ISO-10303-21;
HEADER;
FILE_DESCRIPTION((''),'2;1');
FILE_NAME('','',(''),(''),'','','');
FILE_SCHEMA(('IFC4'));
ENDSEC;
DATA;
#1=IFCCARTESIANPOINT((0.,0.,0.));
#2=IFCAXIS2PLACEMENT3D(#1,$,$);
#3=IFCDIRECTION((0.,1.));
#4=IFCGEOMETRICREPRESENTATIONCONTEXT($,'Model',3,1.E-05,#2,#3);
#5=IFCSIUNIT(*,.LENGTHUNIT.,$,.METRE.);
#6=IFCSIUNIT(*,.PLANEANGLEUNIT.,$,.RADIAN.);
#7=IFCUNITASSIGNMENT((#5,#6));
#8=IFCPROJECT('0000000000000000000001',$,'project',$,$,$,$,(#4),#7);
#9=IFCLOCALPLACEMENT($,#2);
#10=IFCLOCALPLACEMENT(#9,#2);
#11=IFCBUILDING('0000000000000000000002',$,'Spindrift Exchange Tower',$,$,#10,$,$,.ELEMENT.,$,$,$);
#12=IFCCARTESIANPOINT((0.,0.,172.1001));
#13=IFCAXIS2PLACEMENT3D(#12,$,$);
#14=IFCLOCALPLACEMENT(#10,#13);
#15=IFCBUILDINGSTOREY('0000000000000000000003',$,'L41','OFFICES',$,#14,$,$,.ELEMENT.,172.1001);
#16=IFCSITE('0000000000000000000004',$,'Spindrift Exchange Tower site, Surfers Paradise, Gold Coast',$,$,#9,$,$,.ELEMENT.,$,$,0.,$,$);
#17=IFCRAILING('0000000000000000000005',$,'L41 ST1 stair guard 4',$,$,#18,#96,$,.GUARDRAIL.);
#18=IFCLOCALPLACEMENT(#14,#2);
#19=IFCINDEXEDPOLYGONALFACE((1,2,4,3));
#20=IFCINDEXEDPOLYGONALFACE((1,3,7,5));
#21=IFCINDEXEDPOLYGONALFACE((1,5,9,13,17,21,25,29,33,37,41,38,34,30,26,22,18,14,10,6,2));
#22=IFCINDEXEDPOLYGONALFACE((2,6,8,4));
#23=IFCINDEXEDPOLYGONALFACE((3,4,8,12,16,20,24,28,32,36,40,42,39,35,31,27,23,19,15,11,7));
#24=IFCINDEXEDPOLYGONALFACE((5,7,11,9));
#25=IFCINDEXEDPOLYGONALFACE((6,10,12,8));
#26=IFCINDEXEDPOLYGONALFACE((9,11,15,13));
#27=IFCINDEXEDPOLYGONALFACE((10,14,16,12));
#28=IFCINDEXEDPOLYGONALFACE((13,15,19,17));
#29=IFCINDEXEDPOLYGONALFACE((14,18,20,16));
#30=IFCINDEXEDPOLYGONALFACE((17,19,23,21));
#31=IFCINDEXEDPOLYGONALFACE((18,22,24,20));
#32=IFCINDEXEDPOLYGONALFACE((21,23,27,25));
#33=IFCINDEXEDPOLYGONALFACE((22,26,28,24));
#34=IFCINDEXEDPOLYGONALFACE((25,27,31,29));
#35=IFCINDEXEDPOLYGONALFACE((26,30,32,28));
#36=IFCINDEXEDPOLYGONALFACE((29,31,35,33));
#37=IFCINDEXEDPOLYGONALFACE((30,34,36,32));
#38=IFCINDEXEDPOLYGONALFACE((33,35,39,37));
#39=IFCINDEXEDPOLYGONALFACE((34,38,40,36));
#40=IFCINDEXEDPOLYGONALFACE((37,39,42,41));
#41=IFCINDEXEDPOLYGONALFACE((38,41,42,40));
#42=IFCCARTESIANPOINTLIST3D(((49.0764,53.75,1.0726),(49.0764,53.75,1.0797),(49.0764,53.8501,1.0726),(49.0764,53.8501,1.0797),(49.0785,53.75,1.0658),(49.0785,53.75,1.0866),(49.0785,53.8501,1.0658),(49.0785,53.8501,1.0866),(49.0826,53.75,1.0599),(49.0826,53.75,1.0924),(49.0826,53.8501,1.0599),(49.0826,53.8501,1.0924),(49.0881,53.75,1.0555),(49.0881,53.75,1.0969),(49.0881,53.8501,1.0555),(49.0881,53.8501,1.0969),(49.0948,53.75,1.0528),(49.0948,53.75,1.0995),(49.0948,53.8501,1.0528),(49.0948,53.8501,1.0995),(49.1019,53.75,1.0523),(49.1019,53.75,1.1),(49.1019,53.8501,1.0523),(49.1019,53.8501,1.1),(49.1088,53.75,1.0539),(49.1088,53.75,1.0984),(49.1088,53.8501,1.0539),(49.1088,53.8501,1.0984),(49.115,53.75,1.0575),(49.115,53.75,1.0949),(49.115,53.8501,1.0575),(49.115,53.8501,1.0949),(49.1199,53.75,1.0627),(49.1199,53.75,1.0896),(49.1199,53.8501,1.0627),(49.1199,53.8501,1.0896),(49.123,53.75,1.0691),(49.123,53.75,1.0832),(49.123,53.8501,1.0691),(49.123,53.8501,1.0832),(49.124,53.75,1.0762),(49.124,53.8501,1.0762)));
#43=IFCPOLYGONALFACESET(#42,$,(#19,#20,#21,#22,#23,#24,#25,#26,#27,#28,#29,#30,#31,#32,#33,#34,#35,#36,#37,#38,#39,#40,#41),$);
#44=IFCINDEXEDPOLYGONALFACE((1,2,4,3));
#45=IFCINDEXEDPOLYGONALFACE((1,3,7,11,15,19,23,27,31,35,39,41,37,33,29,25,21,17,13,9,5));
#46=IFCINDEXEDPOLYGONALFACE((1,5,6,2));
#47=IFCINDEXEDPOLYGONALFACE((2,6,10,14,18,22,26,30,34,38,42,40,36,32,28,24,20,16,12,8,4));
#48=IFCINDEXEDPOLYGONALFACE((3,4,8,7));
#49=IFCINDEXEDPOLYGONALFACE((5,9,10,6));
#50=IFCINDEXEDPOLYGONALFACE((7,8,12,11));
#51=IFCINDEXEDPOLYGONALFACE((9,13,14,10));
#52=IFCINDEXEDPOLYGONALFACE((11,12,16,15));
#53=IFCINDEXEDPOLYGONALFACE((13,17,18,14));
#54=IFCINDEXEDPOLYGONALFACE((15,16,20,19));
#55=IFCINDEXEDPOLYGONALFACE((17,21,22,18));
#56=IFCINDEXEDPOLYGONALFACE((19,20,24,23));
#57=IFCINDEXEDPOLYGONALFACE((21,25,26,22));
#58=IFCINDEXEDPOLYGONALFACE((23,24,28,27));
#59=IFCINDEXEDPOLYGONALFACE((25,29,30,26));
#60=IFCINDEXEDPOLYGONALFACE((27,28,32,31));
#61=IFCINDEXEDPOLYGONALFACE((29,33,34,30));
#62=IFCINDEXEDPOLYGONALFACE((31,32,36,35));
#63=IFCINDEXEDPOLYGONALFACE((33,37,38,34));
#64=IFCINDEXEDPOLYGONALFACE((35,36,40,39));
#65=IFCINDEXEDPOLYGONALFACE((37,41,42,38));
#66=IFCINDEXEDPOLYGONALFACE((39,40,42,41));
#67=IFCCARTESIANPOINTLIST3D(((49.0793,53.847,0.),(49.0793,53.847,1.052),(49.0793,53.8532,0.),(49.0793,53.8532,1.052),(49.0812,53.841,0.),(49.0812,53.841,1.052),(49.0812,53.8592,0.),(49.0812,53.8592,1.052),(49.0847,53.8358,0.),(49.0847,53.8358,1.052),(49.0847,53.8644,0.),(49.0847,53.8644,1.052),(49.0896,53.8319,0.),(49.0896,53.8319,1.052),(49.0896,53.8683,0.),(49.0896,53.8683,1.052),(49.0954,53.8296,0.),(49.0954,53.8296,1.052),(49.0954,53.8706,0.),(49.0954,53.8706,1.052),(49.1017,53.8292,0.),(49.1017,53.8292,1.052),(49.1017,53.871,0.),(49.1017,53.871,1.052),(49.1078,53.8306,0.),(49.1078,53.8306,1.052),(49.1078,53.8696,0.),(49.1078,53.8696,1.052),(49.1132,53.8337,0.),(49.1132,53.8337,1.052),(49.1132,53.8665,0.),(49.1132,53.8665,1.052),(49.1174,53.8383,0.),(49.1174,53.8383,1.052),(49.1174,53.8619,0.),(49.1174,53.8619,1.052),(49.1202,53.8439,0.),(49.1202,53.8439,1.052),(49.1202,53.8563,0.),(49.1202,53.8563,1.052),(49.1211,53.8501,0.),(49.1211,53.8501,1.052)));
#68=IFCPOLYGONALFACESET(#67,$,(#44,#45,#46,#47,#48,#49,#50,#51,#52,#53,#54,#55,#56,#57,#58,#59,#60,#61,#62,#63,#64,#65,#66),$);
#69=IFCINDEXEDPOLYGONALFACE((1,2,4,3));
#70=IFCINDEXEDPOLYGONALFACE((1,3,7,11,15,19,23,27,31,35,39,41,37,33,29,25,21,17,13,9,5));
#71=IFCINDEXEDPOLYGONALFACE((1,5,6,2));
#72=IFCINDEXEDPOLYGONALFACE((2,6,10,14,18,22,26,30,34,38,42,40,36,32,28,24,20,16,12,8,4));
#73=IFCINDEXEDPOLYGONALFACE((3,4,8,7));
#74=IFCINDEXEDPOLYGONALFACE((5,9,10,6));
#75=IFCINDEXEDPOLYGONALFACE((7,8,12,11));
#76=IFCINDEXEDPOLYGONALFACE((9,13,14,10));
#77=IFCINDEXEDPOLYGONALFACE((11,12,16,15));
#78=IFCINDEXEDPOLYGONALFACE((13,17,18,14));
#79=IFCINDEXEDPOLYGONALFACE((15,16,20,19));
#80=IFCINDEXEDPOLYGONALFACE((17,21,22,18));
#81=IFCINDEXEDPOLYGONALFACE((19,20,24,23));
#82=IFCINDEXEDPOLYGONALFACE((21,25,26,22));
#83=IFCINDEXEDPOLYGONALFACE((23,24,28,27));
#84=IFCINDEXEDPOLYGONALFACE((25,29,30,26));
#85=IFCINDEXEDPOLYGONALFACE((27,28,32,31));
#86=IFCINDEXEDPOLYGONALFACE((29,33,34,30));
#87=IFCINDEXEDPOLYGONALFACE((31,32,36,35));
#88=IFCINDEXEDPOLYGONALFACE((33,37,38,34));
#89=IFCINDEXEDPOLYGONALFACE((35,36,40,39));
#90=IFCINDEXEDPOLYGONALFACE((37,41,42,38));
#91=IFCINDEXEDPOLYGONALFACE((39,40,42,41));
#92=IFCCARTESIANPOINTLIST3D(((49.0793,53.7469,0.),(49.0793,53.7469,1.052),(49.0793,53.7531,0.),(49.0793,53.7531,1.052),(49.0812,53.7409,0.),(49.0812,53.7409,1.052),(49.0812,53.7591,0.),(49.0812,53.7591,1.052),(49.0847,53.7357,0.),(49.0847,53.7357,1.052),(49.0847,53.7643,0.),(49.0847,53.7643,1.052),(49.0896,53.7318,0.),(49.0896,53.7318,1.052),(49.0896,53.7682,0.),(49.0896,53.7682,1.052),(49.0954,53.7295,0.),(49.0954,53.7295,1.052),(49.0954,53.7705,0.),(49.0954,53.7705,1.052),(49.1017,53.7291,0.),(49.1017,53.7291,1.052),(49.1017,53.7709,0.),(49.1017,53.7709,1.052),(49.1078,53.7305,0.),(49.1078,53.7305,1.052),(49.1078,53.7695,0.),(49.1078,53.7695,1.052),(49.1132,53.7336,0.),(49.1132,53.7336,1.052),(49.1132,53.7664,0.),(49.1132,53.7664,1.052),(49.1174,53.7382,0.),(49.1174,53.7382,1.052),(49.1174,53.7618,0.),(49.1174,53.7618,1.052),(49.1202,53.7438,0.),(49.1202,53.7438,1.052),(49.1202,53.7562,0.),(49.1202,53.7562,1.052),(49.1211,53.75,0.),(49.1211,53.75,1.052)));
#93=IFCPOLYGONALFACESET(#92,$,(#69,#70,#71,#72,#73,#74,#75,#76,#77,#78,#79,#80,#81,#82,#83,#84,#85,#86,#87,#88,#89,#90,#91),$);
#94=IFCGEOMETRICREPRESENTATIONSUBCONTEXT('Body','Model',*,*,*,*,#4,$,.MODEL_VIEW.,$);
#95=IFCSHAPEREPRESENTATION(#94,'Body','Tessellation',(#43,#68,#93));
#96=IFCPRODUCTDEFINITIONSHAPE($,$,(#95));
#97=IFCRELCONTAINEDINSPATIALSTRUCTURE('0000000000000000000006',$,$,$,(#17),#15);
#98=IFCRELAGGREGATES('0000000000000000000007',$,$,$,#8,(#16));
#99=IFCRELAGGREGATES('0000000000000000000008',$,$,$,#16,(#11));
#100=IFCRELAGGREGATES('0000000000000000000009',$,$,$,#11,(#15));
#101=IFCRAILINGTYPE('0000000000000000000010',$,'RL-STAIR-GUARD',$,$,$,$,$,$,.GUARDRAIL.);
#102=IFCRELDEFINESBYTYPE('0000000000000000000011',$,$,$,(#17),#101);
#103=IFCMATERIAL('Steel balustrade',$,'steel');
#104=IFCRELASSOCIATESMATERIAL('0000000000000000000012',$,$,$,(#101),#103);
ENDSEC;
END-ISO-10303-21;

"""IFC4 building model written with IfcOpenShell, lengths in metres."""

from ifc_helpers import new_model, si_unit, direction, frame, origin, origin_2d, place, context, subcontext, project, spatial, circle, extrude, material, type_object, element, save


model = new_model("IFC4")

# Units and contexts
model_context = context("Model", 3, precision=1e-05, world=origin(), true_north=direction((0.0, 1.0)))
body_context = subcontext(model_context, "Body", "Model", "MODEL_VIEW")
ifc_project = project(units=[si_unit("LENGTHUNIT", "METRE"), si_unit("PLANEANGLEUNIT", "RADIAN")], contexts=[model_context])

# Site, building, storey
site_placement = place(None, origin())
site = spatial("IfcSite", under=ifc_project, at=site_placement, Name="Spindrift Exchange Tower site, Surfers Paradise, Gold Coast", CompositionType="ELEMENT", RefElevation=0.0)
building_placement = place(site_placement, origin())
building = spatial("IfcBuilding", under=site, at=building_placement, Name="Spindrift Exchange Tower", CompositionType="ELEMENT")
storey_placement = place(building_placement, frame((0.0, 0.0, 172.1001)))
storey = spatial("IfcBuildingStorey", under=building, at=storey_placement, Name="L41", Description="OFFICES", CompositionType="ELEMENT", Elevation=172.1001)

# Railing
ifc_material_1 = material(Name="Steel balustrade", Category="steel")
railing_type_1 = type_object("IfcRailingType", Name="RL-STAIR-GUARD", PredefinedType="GUARDRAIL", material=ifc_material_1)
railing_1_placement = place(storey_placement, frame((49.1001, 53.8501, 0.0)))
element("IfcRailing", 1, at=railing_1_placement, inside=storey, type_object=railing_type_1, Name="L41 ST1 stair guard 4", PredefinedType="GUARDRAIL", context=body_context, shape_type="SweptSolid", body=[
    extrude(circle(Radius=0.0239, at=origin_2d()), frame((0.0, 0.0, 1.0762), z_axis=(0.0, -1.0, 0.0), x_axis=(1.0, 0.0, 0.0)), (0.0, 0.0, 1.0), 0.1001),
    extrude(circle(Radius=0.021, at=origin_2d()), origin(), (0.0, 0.0, 1.0), 1.052),
    extrude(circle(Radius=0.021, at=origin_2d()), frame((0.0, -0.1001, 0.0)), (0.0, 0.0, 1.0), 1.052),
])

save(model, "model.ifc")
